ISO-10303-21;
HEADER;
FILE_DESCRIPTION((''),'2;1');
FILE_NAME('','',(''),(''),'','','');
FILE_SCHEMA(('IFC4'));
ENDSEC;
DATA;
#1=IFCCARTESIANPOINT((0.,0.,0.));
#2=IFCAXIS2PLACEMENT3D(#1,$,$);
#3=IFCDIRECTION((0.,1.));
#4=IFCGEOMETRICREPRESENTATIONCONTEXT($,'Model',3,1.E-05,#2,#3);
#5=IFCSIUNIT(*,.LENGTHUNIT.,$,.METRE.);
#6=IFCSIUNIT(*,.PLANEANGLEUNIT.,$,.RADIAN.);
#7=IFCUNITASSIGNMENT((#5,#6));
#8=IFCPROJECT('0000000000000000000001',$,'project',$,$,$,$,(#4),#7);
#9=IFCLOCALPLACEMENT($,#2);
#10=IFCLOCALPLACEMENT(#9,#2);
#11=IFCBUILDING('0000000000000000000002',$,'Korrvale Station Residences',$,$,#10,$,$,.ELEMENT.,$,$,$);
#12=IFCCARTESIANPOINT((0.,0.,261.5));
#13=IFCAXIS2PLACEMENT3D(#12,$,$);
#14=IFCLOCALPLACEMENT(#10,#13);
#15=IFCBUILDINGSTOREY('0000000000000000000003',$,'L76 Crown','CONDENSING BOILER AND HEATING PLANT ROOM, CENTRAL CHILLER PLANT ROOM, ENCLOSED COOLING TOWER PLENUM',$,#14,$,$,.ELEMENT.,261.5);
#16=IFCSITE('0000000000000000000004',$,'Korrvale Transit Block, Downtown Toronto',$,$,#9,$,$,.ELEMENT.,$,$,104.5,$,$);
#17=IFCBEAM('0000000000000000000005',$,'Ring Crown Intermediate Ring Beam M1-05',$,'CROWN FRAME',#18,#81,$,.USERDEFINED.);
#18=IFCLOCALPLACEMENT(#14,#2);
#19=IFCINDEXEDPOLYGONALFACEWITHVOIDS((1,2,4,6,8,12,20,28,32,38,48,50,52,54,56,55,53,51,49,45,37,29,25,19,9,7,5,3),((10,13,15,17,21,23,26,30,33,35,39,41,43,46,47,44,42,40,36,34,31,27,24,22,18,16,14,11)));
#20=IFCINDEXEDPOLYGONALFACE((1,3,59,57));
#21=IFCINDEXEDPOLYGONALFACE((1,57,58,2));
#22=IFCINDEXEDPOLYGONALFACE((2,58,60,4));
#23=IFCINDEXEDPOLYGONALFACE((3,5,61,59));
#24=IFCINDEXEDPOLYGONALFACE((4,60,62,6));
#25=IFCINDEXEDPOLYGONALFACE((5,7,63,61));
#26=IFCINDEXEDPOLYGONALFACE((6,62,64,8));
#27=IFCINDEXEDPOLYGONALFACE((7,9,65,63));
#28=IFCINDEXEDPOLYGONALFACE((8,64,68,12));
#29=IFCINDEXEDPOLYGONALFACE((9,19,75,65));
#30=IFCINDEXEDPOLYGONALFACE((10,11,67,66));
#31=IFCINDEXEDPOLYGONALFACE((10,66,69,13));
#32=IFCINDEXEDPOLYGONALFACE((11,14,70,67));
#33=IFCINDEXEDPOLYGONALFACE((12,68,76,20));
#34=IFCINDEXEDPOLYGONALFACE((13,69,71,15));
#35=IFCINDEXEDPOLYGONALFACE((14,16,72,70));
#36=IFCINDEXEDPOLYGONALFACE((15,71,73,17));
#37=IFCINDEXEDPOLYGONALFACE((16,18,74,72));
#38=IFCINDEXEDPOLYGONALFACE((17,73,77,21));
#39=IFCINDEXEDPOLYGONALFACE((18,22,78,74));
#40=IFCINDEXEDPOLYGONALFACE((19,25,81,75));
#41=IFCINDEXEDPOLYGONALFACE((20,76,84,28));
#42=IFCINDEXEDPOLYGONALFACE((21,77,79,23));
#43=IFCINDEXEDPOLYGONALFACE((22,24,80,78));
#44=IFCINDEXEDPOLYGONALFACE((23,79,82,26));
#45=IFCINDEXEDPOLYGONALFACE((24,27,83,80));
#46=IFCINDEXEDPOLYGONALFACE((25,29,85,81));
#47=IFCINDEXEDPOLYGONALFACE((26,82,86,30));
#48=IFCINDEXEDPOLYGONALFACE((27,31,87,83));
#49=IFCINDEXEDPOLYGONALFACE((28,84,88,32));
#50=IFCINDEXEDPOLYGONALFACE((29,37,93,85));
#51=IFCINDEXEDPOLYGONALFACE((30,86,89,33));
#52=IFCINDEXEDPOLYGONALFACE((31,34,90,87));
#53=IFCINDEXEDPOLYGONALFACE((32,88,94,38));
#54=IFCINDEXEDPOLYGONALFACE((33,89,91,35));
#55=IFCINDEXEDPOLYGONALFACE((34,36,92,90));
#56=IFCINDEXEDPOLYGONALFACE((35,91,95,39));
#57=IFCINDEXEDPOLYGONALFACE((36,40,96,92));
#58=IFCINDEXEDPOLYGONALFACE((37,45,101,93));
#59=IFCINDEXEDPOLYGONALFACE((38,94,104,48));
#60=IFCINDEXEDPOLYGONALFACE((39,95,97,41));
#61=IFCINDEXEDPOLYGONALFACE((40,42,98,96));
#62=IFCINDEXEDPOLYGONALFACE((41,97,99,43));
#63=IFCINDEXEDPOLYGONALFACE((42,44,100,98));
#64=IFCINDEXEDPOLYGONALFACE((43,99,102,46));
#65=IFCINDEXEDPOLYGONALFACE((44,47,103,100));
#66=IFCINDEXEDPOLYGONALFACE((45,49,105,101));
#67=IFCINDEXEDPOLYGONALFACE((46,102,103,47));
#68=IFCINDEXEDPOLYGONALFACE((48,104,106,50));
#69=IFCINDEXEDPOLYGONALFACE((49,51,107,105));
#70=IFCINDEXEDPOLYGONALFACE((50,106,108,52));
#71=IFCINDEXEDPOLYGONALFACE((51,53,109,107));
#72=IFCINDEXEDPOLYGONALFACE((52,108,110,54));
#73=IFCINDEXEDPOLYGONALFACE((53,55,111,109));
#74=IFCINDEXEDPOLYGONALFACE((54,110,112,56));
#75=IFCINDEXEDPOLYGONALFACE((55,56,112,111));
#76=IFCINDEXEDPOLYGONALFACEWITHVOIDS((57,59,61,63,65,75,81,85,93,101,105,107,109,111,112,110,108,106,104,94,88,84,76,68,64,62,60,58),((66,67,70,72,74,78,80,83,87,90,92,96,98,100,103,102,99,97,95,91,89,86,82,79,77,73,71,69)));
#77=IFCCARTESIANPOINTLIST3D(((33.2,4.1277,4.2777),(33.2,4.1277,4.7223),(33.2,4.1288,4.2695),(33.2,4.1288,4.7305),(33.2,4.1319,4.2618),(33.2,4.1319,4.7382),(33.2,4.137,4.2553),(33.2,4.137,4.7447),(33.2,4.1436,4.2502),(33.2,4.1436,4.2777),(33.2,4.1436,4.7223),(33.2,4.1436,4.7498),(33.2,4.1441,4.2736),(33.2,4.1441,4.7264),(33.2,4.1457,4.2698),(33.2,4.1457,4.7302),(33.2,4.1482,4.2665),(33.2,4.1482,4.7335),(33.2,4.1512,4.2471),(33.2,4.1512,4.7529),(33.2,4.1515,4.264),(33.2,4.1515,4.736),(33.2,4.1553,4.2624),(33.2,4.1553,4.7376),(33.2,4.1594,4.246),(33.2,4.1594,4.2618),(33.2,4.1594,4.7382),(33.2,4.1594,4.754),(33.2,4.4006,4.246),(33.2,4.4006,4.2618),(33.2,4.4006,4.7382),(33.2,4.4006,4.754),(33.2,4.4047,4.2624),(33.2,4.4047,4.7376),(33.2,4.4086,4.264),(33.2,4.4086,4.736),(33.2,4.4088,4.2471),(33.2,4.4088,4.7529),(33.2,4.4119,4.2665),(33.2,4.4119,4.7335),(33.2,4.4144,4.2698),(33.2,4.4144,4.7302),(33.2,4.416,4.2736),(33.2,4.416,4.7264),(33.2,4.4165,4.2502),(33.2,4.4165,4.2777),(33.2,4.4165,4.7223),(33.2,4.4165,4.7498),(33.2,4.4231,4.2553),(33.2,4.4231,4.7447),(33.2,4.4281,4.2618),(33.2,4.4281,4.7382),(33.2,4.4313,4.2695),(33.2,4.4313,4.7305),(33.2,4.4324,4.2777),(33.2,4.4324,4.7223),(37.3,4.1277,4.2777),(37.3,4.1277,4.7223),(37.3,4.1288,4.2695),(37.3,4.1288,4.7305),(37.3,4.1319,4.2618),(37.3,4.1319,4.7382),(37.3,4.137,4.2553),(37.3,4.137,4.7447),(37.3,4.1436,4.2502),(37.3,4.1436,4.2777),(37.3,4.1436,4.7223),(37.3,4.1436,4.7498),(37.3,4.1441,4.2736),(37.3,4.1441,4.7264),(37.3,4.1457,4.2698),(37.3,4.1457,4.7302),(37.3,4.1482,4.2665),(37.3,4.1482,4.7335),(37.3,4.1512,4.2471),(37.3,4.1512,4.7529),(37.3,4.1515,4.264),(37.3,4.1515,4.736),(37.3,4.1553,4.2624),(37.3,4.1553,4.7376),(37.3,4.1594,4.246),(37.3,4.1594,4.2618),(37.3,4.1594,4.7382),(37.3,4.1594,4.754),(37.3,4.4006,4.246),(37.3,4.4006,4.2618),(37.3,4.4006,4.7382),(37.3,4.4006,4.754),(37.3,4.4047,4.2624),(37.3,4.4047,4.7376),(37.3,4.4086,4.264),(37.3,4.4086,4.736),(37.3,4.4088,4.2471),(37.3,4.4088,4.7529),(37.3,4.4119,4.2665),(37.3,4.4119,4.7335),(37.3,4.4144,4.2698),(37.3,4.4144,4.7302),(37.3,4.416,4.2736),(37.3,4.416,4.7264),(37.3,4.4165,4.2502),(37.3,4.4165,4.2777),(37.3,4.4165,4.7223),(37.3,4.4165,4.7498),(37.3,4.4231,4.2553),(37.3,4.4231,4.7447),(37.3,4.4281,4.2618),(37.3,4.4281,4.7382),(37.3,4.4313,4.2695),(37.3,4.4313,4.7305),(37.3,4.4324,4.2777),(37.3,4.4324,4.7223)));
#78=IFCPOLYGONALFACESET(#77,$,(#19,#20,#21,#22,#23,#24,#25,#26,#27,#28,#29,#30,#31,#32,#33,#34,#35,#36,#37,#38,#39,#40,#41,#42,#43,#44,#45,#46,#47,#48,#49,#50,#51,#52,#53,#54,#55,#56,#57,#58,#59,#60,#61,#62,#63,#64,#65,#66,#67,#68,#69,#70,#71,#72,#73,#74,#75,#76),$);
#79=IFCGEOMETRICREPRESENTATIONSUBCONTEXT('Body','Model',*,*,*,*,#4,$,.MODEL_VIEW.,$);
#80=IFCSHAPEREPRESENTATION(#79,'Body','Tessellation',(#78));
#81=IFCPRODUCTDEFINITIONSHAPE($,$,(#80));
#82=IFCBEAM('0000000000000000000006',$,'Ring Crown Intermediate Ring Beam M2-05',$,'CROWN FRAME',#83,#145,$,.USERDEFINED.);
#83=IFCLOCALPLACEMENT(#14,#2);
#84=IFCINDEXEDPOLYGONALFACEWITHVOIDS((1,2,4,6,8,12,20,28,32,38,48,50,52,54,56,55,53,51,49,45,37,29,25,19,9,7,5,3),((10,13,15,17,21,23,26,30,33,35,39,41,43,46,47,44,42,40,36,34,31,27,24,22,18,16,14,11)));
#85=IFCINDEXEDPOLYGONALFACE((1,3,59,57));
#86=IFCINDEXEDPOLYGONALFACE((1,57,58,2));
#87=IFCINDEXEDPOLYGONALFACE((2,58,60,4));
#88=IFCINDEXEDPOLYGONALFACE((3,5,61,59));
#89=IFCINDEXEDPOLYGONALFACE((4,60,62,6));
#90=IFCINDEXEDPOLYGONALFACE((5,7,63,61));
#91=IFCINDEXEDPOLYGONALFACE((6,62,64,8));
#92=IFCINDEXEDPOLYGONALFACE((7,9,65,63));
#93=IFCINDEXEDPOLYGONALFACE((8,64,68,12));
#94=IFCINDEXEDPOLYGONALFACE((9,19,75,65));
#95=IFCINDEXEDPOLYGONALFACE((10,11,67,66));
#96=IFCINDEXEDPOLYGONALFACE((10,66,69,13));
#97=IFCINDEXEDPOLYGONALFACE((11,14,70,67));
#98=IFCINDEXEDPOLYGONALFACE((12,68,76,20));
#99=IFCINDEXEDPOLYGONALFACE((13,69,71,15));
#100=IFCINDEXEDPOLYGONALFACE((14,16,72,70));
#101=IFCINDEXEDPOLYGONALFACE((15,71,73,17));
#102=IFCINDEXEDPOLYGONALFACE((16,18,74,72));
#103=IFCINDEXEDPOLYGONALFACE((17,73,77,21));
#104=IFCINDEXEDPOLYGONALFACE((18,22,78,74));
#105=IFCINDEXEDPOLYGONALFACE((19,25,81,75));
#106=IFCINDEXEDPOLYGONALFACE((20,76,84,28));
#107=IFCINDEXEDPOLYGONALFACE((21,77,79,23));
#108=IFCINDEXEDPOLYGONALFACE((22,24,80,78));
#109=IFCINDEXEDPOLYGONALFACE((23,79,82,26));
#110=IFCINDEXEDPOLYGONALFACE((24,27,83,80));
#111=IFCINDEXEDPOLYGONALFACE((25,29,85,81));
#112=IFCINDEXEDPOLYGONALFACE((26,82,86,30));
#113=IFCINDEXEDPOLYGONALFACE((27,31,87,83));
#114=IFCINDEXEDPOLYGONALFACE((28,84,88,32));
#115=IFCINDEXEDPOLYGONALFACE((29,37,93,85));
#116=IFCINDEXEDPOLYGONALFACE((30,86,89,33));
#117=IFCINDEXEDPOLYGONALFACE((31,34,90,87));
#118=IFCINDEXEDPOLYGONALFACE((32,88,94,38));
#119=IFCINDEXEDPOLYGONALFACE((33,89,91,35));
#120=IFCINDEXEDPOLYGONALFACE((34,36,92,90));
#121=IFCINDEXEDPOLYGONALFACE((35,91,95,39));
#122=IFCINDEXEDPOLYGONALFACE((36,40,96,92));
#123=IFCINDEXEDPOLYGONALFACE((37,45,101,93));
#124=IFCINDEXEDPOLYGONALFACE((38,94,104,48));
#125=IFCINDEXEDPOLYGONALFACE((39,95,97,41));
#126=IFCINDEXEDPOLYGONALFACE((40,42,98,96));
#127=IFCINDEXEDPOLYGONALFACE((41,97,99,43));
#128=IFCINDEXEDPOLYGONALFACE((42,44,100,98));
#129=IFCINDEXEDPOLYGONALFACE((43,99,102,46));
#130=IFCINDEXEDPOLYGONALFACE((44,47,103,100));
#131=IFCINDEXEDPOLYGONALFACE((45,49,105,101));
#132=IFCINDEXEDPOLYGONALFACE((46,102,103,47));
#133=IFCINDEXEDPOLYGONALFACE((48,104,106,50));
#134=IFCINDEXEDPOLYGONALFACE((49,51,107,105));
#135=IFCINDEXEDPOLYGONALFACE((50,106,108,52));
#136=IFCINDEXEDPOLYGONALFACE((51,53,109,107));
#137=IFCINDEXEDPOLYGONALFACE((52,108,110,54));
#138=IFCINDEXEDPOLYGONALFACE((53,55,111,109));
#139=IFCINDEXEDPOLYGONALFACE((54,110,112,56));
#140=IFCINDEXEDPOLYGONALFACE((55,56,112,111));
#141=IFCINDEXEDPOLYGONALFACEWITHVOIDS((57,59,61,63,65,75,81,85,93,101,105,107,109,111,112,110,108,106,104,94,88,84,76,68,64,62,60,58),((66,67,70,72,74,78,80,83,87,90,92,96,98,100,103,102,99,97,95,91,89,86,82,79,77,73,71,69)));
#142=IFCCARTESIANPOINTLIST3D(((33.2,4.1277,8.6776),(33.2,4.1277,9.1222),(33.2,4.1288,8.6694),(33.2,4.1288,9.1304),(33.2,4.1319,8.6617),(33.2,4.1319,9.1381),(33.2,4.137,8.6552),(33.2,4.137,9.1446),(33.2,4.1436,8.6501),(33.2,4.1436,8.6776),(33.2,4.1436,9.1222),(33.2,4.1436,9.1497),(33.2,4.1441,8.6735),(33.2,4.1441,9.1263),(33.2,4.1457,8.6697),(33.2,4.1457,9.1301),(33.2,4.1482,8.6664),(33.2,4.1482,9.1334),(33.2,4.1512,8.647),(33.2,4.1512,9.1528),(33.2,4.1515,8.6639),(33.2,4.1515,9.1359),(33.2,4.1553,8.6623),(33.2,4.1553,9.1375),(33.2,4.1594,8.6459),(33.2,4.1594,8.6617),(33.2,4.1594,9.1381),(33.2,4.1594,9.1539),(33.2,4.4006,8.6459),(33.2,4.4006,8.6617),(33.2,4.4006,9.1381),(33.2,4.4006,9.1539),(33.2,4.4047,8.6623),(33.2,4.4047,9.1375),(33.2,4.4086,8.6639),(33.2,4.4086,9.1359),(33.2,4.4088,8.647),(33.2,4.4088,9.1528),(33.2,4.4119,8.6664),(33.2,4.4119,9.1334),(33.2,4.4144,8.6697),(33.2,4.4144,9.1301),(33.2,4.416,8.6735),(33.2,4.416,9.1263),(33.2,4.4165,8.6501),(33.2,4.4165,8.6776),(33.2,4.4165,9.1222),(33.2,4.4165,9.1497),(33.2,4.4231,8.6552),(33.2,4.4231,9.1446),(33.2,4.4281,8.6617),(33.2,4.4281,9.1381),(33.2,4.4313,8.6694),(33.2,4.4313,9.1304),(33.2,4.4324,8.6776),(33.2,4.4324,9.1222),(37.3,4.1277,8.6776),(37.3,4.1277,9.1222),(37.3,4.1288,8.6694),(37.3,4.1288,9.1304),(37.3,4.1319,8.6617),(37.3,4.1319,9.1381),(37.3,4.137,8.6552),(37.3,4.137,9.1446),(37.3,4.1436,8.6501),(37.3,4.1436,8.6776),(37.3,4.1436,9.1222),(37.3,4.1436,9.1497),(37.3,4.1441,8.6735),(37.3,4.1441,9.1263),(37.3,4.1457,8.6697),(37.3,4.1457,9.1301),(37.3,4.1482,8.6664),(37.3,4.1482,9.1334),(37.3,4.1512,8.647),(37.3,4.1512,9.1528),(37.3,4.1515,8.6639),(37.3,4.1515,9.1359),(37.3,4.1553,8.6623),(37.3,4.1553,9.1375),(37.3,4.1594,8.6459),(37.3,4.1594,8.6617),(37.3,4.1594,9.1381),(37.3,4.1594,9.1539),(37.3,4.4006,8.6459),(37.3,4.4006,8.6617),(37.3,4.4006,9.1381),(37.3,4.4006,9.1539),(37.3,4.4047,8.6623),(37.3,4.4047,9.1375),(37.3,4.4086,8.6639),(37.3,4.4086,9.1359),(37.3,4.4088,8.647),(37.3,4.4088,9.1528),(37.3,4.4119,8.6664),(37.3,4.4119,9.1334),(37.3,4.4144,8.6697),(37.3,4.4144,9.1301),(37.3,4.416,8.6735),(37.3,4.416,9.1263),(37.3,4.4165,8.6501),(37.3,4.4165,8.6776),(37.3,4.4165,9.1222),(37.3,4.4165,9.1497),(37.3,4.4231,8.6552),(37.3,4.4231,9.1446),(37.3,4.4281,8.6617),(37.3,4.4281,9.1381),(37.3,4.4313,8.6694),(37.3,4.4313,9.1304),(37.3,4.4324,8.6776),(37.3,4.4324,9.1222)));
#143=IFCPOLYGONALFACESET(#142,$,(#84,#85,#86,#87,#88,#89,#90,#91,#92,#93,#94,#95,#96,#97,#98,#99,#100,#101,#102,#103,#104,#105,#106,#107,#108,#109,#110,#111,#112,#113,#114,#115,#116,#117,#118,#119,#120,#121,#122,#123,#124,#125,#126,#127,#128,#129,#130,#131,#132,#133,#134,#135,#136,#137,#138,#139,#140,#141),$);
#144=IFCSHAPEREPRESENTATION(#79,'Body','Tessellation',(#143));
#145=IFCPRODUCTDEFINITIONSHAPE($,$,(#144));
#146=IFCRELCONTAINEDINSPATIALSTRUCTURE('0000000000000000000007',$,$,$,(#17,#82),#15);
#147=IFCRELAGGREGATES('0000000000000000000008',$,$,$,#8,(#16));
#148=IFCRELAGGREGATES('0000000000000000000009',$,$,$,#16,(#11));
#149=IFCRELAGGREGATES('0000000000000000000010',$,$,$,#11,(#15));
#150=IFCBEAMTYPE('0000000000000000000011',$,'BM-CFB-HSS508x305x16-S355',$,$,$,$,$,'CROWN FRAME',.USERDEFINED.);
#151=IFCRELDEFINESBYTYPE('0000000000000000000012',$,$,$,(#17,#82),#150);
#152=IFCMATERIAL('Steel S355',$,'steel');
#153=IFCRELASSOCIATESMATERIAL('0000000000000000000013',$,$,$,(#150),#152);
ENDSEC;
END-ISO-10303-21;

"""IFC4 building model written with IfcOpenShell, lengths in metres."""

from ifc_helpers import new_model, si_unit, direction, frame, origin, origin_2d, place, context, subcontext, project, spatial, hollow_rectangle, extrude, material, material_profile, profile_set, type_object, element, save


model = new_model("IFC4")

# Units and contexts
model_context = context("Model", 3, precision=1e-05, world=origin(), true_north=direction((0.0, 1.0)))
body_context = subcontext(model_context, "Body", "Model", "MODEL_VIEW")
ifc_project = project(units=[si_unit("LENGTHUNIT", "METRE"), si_unit("PLANEANGLEUNIT", "RADIAN")], contexts=[model_context])

# Site, building, storey
site_placement = place(None, origin())
site = spatial("IfcSite", under=ifc_project, at=site_placement, Name="Korrvale Transit Block, Downtown Toronto", CompositionType="ELEMENT", RefElevation=104.5)
building_placement = place(site_placement, origin())
building = spatial("IfcBuilding", under=site, at=building_placement, Name="Korrvale Station Residences", CompositionType="ELEMENT")
storey_placement = place(building_placement, frame((0.0, 0.0, 261.5)))
storey = spatial("IfcBuildingStorey", under=building, at=storey_placement, Name="L76 Crown", Description="CONDENSING BOILER AND HEATING PLANT ROOM, CENTRAL CHILLER PLANT ROOM, ENCLOSED COOLING TOWER PLENUM", CompositionType="ELEMENT", Elevation=261.5)

# Shared definitions
ifc_material_1 = material(Name="Steel S355", Category="steel")

# Beams
ifc_material_profile_1 = material_profile(ifc_material_1, hollow_rectangle(XDim=0.3047, YDim=0.5081, WallThickness=0.0159, InnerFilletRadius=0.0159, OuterFilletRadius=0.0317, at=origin_2d()), Name="HSS508x305x16")
ifc_profile_set_1 = profile_set([ifc_material_profile_1], Name="Steel S355")
beam_type_1 = type_object("IfcBeamType", Name="BM-CFB-HSS508x305x16-S355", ElementType="CROWN FRAME", PredefinedType="USERDEFINED", material=ifc_profile_set_1)
for number, where, z_axis, x_axis, name in (
    (1, (33.2, 4.28, 4.5), (1.0, 0.0, 0.0), (0.0, 1.0, 0.0), "Ring Crown Intermediate Ring Beam M1-05"),
    (2, (33.2, 4.28, 8.8999), (1.0, 0.0, 0.0), (0.0, 1.0, 0.0), "Ring Crown Intermediate Ring Beam M2-05"),
):
    element("IfcBeam", number, at=place(storey_placement, frame(where, z_axis=z_axis, x_axis=x_axis)), inside=storey, type_object=beam_type_1, Name=name, ObjectType="CROWN FRAME", PredefinedType="USERDEFINED", context=body_context, shape_type="SweptSolid", body=[
        extrude(hollow_rectangle(XDim=0.3047, YDim=0.5081, WallThickness=0.0159, InnerFilletRadius=0.0159, OuterFilletRadius=0.0317, at=origin_2d()), origin(), (0.0, 0.0, 1.0), 4.1001),
    ])

save(model, "model.ifc")
